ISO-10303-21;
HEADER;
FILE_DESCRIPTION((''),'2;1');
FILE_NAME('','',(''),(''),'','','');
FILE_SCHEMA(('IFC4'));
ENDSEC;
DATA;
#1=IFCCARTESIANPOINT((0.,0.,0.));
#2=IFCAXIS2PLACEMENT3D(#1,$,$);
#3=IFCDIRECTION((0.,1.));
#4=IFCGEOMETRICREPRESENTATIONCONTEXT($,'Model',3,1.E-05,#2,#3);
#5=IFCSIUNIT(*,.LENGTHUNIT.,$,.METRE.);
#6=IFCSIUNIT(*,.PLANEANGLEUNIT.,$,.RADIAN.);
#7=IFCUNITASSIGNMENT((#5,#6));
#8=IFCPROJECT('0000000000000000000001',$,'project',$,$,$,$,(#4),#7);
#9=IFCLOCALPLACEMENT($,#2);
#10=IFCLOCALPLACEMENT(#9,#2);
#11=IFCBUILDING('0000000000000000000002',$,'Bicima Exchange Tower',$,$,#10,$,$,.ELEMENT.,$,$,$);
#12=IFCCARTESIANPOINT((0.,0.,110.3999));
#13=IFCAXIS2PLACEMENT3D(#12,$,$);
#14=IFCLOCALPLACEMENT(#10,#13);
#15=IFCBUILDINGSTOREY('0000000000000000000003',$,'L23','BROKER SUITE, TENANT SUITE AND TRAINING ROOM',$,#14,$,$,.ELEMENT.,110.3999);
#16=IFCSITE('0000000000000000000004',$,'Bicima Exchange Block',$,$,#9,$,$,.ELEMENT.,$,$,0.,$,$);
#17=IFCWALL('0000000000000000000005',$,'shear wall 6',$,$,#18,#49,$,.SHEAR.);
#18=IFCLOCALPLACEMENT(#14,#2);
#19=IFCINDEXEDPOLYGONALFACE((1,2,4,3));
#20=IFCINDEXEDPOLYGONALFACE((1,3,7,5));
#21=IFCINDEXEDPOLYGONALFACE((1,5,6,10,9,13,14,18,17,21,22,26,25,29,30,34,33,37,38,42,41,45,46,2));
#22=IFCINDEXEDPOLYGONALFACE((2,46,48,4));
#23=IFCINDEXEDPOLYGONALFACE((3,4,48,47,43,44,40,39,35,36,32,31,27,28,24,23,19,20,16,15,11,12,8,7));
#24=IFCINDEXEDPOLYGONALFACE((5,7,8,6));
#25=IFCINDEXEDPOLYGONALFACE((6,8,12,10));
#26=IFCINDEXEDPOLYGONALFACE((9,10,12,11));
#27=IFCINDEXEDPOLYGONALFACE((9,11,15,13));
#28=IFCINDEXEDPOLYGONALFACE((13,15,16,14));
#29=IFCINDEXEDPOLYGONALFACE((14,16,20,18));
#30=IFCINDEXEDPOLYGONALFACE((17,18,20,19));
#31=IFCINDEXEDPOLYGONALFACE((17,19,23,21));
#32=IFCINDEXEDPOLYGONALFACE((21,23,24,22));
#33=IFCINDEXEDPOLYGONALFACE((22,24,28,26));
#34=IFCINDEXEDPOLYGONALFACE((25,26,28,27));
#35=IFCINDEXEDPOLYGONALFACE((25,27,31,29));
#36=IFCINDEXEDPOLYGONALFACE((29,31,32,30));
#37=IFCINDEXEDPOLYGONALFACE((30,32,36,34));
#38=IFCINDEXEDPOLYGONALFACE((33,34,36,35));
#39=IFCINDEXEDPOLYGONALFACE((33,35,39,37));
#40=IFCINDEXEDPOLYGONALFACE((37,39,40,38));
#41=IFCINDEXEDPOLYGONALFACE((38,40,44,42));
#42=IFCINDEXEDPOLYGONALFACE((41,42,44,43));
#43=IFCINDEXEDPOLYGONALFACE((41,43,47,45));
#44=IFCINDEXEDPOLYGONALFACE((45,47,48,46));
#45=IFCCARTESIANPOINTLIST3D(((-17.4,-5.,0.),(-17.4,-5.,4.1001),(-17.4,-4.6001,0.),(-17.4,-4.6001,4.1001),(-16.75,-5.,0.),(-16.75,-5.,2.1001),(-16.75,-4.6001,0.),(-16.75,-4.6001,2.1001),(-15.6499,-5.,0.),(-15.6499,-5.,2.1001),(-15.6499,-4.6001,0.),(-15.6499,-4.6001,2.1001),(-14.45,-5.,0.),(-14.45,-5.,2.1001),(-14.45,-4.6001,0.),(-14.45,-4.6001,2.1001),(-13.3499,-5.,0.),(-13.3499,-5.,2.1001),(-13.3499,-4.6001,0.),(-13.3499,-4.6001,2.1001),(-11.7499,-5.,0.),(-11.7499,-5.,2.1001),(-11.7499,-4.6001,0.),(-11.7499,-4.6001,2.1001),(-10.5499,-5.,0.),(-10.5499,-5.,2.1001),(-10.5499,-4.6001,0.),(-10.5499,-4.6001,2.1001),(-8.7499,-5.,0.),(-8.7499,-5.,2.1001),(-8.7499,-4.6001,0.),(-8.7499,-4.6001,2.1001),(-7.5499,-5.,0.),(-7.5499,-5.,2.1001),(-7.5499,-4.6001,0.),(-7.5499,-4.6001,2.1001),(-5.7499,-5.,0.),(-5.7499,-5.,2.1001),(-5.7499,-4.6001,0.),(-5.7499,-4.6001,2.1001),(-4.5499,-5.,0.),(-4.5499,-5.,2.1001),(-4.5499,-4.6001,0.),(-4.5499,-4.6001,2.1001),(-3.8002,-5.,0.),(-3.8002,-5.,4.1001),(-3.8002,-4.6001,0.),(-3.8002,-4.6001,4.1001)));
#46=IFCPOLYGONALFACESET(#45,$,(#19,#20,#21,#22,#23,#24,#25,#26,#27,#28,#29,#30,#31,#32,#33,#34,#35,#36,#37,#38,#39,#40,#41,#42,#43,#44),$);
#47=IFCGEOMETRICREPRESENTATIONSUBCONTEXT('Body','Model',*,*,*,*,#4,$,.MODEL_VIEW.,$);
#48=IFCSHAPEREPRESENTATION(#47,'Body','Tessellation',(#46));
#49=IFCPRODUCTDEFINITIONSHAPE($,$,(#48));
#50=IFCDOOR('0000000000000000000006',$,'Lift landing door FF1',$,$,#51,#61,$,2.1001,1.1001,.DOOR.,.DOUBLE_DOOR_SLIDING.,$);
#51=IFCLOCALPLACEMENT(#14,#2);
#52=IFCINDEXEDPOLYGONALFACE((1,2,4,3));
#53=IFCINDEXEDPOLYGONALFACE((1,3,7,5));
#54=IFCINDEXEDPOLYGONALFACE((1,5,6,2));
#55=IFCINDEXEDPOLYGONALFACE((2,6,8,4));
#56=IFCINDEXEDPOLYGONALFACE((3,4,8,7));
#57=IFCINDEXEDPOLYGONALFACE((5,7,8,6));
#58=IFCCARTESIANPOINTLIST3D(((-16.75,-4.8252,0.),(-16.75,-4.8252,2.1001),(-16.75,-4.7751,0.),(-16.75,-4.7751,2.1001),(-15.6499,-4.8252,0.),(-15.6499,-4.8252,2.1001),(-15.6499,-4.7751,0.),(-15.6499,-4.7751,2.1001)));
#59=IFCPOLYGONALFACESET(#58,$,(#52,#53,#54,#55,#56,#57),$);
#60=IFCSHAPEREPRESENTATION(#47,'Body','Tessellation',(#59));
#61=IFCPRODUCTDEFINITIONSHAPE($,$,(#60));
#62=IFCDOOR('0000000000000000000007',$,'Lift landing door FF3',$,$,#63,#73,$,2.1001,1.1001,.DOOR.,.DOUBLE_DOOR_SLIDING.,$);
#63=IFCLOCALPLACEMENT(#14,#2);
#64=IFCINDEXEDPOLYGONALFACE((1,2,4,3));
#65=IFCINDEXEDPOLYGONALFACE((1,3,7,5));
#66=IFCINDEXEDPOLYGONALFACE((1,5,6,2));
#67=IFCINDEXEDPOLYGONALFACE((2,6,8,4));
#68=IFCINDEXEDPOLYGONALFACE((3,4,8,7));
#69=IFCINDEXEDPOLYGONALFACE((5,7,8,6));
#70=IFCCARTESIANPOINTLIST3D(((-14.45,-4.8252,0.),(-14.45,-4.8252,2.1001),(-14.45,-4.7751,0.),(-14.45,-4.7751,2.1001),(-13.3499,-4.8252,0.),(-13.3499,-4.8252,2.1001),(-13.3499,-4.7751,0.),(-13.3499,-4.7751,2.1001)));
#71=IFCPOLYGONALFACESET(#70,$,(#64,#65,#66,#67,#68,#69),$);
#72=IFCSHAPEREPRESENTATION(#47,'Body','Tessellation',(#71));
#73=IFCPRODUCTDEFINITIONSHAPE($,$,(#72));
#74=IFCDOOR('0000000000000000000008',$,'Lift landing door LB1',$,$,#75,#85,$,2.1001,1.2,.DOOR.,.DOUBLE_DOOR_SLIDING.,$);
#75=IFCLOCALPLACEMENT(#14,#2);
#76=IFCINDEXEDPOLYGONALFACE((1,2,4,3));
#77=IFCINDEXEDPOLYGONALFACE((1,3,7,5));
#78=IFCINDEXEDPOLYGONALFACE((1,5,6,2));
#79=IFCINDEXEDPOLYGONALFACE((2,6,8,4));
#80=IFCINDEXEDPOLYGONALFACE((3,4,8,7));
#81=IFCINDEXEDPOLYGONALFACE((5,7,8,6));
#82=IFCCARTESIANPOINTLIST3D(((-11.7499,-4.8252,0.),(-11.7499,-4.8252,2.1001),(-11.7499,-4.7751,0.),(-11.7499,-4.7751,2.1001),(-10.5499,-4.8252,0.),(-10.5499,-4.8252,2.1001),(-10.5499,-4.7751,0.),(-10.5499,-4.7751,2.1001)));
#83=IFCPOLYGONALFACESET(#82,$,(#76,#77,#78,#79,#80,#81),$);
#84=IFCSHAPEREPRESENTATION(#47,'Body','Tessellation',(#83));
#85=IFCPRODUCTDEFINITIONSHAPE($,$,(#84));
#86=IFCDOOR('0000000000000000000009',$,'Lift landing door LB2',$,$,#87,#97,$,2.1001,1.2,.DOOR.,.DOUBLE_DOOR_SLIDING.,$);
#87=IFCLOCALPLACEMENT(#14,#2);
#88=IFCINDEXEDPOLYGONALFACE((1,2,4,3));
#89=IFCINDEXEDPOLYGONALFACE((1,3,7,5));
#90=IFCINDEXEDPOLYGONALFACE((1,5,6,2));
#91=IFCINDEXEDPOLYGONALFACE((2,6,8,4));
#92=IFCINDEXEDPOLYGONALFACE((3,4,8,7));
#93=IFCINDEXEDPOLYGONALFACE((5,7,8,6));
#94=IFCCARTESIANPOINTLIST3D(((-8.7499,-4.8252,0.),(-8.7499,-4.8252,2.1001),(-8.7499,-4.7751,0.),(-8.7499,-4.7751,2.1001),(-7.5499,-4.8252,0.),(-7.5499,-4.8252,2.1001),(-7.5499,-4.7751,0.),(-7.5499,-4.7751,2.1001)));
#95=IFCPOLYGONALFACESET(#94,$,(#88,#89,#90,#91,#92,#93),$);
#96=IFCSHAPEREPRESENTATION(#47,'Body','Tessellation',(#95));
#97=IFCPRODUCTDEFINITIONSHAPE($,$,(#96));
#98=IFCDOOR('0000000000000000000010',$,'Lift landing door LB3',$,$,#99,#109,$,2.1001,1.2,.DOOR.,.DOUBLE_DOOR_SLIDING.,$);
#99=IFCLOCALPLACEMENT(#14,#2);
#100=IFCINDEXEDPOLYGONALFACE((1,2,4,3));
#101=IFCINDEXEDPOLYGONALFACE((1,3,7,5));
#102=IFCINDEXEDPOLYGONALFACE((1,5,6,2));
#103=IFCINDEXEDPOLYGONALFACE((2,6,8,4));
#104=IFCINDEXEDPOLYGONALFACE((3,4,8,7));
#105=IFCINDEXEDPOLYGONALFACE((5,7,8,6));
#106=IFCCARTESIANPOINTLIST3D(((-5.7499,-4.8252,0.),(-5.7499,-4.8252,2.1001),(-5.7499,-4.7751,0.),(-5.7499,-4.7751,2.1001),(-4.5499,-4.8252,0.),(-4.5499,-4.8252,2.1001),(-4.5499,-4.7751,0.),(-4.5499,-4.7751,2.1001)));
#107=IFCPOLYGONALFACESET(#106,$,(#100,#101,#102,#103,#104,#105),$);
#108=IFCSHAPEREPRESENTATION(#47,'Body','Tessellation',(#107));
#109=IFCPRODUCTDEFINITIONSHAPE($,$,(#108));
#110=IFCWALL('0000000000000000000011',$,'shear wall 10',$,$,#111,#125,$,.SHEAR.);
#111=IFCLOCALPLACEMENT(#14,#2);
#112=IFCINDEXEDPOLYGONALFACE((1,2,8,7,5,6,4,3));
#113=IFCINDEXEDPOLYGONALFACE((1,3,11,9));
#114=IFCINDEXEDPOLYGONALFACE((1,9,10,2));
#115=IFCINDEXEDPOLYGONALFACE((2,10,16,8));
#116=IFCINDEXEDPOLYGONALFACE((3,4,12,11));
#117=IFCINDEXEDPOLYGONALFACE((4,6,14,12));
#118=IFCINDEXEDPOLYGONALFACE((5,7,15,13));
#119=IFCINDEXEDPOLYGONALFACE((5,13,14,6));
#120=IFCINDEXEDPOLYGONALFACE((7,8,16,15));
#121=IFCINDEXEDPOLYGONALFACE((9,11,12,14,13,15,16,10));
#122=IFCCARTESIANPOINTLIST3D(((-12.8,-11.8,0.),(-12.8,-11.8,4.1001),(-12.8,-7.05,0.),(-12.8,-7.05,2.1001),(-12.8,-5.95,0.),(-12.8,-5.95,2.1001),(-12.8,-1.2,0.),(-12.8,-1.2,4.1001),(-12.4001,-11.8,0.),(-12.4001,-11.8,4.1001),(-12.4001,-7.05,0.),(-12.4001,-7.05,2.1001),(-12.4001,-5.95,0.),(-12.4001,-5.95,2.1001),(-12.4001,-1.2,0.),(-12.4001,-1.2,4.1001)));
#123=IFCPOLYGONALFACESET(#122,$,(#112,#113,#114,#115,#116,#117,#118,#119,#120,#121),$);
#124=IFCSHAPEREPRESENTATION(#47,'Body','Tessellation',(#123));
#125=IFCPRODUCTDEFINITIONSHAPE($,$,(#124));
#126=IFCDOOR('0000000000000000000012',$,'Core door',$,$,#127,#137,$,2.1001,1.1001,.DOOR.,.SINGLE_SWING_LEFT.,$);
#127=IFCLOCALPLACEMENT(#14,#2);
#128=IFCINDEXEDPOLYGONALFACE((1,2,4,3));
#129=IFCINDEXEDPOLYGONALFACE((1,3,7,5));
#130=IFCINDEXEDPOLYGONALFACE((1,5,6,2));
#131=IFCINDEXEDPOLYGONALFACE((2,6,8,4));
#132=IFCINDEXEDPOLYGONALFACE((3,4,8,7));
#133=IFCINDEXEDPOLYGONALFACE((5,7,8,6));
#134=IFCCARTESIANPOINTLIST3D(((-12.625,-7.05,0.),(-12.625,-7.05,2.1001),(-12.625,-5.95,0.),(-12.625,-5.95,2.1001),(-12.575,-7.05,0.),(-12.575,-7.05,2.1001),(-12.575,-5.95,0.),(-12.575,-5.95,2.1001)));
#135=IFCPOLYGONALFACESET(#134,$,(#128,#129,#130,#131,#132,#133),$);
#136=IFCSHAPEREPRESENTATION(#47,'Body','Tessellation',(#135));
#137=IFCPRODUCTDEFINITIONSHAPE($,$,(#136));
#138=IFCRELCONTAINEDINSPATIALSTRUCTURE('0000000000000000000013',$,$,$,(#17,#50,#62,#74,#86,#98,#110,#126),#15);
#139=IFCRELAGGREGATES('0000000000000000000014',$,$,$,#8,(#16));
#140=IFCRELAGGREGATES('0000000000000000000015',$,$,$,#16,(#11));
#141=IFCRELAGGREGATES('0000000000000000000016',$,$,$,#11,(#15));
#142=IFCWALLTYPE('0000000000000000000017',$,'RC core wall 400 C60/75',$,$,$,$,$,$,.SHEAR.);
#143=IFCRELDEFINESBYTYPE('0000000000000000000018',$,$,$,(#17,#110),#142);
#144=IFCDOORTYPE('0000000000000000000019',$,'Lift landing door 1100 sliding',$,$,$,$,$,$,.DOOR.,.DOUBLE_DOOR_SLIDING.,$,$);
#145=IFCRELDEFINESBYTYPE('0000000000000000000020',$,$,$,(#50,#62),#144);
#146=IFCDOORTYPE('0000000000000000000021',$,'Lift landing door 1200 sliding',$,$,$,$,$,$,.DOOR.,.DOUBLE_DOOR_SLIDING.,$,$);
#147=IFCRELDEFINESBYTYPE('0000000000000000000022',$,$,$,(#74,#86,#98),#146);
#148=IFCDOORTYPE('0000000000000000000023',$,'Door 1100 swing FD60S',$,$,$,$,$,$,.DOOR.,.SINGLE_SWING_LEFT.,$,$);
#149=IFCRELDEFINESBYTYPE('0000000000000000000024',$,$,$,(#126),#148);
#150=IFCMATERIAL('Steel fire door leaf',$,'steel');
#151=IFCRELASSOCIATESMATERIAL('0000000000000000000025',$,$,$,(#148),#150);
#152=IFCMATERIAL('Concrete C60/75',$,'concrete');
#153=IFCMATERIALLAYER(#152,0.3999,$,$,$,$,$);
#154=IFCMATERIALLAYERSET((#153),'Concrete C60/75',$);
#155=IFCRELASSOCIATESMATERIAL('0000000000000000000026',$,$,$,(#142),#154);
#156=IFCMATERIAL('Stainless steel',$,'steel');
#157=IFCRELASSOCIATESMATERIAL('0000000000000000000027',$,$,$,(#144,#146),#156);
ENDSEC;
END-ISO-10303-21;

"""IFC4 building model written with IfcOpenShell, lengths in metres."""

from ifc_helpers import new_model, si_unit, direction, frame, frame_2d, origin, place, context, subcontext, project, spatial, rectangle, extrude, material, layer, layer_set, type_object, element, fill, save


model = new_model("IFC4")

# Units and contexts
model_context = context("Model", 3, precision=1e-05, world=origin(), true_north=direction((0.0, 1.0)))
body_context = subcontext(model_context, "Body", "Model", "MODEL_VIEW")
ifc_project = project(units=[si_unit("LENGTHUNIT", "METRE"), si_unit("PLANEANGLEUNIT", "RADIAN")], contexts=[model_context])

# Site, building, storey
site_placement = place(None, origin())
site = spatial("IfcSite", under=ifc_project, at=site_placement, Name="Bicima Exchange Block", CompositionType="ELEMENT", RefElevation=0.0)
building_placement = place(site_placement, origin())
building = spatial("IfcBuilding", under=site, at=building_placement, Name="Bicima Exchange Tower", CompositionType="ELEMENT")
storey_placement = place(building_placement, frame((0.0, 0.0, 110.3999)))
storey = spatial("IfcBuildingStorey", under=building, at=storey_placement, Name="L23", Description="BROKER SUITE, TENANT SUITE AND TRAINING ROOM", CompositionType="ELEMENT", Elevation=110.3999)

# Shared definitions
ifc_material_1 = material(Name="Steel fire door leaf", Category="steel")

# Shared definitions
door_type_1 = type_object("IfcDoorType", Name="Door 1100 swing FD60S", OperationType="SINGLE_SWING_LEFT", PredefinedType="DOOR", material=ifc_material_1)

# Shared definitions
ifc_material_2 = material(Name="Concrete C60/75", Category="concrete")
ifc_layer_1 = layer(ifc_material_2, 0.3999)
ifc_layer_set_1 = layer_set([ifc_layer_1], Name="Concrete C60/75")
wall_type_1 = type_object("IfcWallType", Name="RC core wall 400 C60/75", PredefinedType="SHEAR", material=ifc_layer_set_1)

# Wall, openings, doors
wall_1_placement = place(storey_placement, frame((-17.3999, -4.8, 0.0), z_axis=(0.0, 0.0, 1.0), x_axis=(1.0, 0.0, 0.0)))
wall_1 = element("IfcWall", 1, at=wall_1_placement, inside=storey, type_object=wall_type_1, Name="shear wall 6", PredefinedType="SHEAR", context=body_context, shape_type="SweptSolid", body=[
    extrude(rectangle(XDim=13.5999, YDim=0.3999, at=frame_2d((6.7998, 0.0))), origin(), (0.0, 0.0, 1.0), 4.1001),
])
opening_1_placement = place(wall_1_placement, frame((0.6499, 0.0, 0.0)))
opening_1 = element("IfcOpeningElement", 2, at=opening_1_placement, cuts=wall_1, PredefinedType="OPENING", context=body_context, shape_type="SweptSolid", body=[
    extrude(rectangle(XDim=1.1001, YDim=2.1001, at=frame_2d((0.55, 1.05))), frame((0.0, 0.2119, 0.0), z_axis=(0.0, -1.0, 0.0), x_axis=(1.0, 0.0, 0.0)), (0.0, 0.0, 1.0), 0.4238),
])
opening_2_placement = place(wall_1_placement, frame((2.95, 0.0, 0.0)))
opening_2 = element("IfcOpeningElement", 3, at=opening_2_placement, cuts=wall_1, PredefinedType="OPENING", context=body_context, shape_type="SweptSolid", body=[
    extrude(rectangle(XDim=1.1001, YDim=2.1001, at=frame_2d((0.55, 1.05))), frame((0.0, 0.2119, 0.0), z_axis=(0.0, -1.0, 0.0), x_axis=(1.0, 0.0, 0.0)), (0.0, 0.0, 1.0), 0.4238),
])
opening_3_placement = place(wall_1_placement, frame((5.6499, 0.0, 0.0)))
opening_3 = element("IfcOpeningElement", 4, at=opening_3_placement, cuts=wall_1, PredefinedType="OPENING", context=body_context, shape_type="SweptSolid", body=[
    extrude(rectangle(XDim=1.2, YDim=2.1001, at=frame_2d((0.6001, 1.05))), frame((0.0, 0.2119, 0.0), z_axis=(0.0, -1.0, 0.0), x_axis=(1.0, 0.0, 0.0)), (0.0, 0.0, 1.0), 0.4238),
])
opening_4_placement = place(wall_1_placement, frame((8.6499, 0.0, 0.0)))
opening_4 = element("IfcOpeningElement", 5, at=opening_4_placement, cuts=wall_1, PredefinedType="OPENING", context=body_context, shape_type="SweptSolid", body=[
    extrude(rectangle(XDim=1.2, YDim=2.1001, at=frame_2d((0.6001, 1.05))), frame((0.0, 0.2119, 0.0), z_axis=(0.0, -1.0, 0.0), x_axis=(1.0, 0.0, 0.0)), (0.0, 0.0, 1.0), 0.4238),
])
opening_5_placement = place(wall_1_placement, frame((11.6499, 0.0, 0.0)))
opening_5 = element("IfcOpeningElement", 6, at=opening_5_placement, cuts=wall_1, PredefinedType="OPENING", context=body_context, shape_type="SweptSolid", body=[
    extrude(rectangle(XDim=1.2, YDim=2.1001, at=frame_2d((0.6001, 1.05))), frame((0.0, 0.2119, 0.0), z_axis=(0.0, -1.0, 0.0), x_axis=(1.0, 0.0, 0.0)), (0.0, 0.0, 1.0), 0.4238),
])
ifc_material_3 = material(Name="Stainless steel", Category="steel")
door_type_2 = type_object("IfcDoorType", Name="Lift landing door 1100 sliding", OperationType="DOUBLE_DOOR_SLIDING", PredefinedType="DOOR", material=ifc_material_3)
door_1_placement = place(opening_1_placement, origin())
door_1 = element("IfcDoor", 7, at=door_1_placement, inside=storey, type_object=door_type_2, Name="Lift landing door FF1", OperationType="DOUBLE_DOOR_SLIDING", OverallHeight=2.1001, OverallWidth=1.1001, PredefinedType="DOOR", context=body_context, shape_type="SweptSolid", body=[
    extrude(rectangle(XDim=1.1001, YDim=2.1001, at=frame_2d((0.55, 1.05))), frame((0.0, 0.0249, 0.0), z_axis=(0.0, -1.0, 0.0), x_axis=(1.0, 0.0, 0.0)), (0.0, 0.0, 1.0), 0.05),
])
fill(opening_1, door_1)
door_2_placement = place(opening_2_placement, origin())
door_2 = element("IfcDoor", 8, at=door_2_placement, inside=storey, type_object=door_type_2, Name="Lift landing door FF3", OperationType="DOUBLE_DOOR_SLIDING", OverallHeight=2.1001, OverallWidth=1.1001, PredefinedType="DOOR", context=body_context, shape_type="SweptSolid", body=[
    extrude(rectangle(XDim=1.1001, YDim=2.1001, at=frame_2d((0.55, 1.05))), frame((0.0, 0.0249, 0.0), z_axis=(0.0, -1.0, 0.0), x_axis=(1.0, 0.0, 0.0)), (0.0, 0.0, 1.0), 0.05),
])
fill(opening_2, door_2)
door_type_3 = type_object("IfcDoorType", Name="Lift landing door 1200 sliding", OperationType="DOUBLE_DOOR_SLIDING", PredefinedType="DOOR", material=ifc_material_3)
door_3_placement = place(opening_3_placement, origin())
door_3 = element("IfcDoor", 9, at=door_3_placement, inside=storey, type_object=door_type_3, Name="Lift landing door LB1", OperationType="DOUBLE_DOOR_SLIDING", OverallHeight=2.1001, OverallWidth=1.2, PredefinedType="DOOR", context=body_context, shape_type="SweptSolid", body=[
    extrude(rectangle(XDim=1.2, YDim=2.1001, at=frame_2d((0.6001, 1.05))), frame((0.0, 0.0249, 0.0), z_axis=(0.0, -1.0, 0.0), x_axis=(1.0, 0.0, 0.0)), (0.0, 0.0, 1.0), 0.05),
])
fill(opening_3, door_3)
door_4_placement = place(opening_4_placement, origin())
door_4 = element("IfcDoor", 10, at=door_4_placement, inside=storey, type_object=door_type_3, Name="Lift landing door LB2", OperationType="DOUBLE_DOOR_SLIDING", OverallHeight=2.1001, OverallWidth=1.2, PredefinedType="DOOR", context=body_context, shape_type="SweptSolid", body=[
    extrude(rectangle(XDim=1.2, YDim=2.1001, at=frame_2d((0.6001, 1.05))), frame((0.0, 0.0249, 0.0), z_axis=(0.0, -1.0, 0.0), x_axis=(1.0, 0.0, 0.0)), (0.0, 0.0, 1.0), 0.05),
])
fill(opening_4, door_4)
door_5_placement = place(opening_5_placement, origin())
door_5 = element("IfcDoor", 11, at=door_5_placement, inside=storey, type_object=door_type_3, Name="Lift landing door LB3", OperationType="DOUBLE_DOOR_SLIDING", OverallHeight=2.1001, OverallWidth=1.2, PredefinedType="DOOR", context=body_context, shape_type="SweptSolid", body=[
    extrude(rectangle(XDim=1.2, YDim=2.1001, at=frame_2d((0.6001, 1.05))), frame((0.0, 0.0249, 0.0), z_axis=(0.0, -1.0, 0.0), x_axis=(1.0, 0.0, 0.0)), (0.0, 0.0, 1.0), 0.05),
])
fill(opening_5, door_5)

# Wall, opening, door
wall_2_placement = place(storey_placement, frame((-12.6001, -11.8, 0.0), z_axis=(0.0, 0.0, 1.0), x_axis=(0.0, 1.0, 0.0)))
wall_2 = element("IfcWall", 12, at=wall_2_placement, inside=storey, type_object=wall_type_1, Name="shear wall 10", PredefinedType="SHEAR", context=body_context, shape_type="SweptSolid", body=[
    extrude(rectangle(XDim=10.6001, YDim=0.3999, at=frame_2d((5.3, 0.0))), origin(), (0.0, 0.0, 1.0), 4.1001),
])
opening_6_placement = place(wall_2_placement, frame((4.75, 0.0, 0.0)))
opening_6 = element("IfcOpeningElement", 13, at=opening_6_placement, cuts=wall_2, PredefinedType="OPENING", context=body_context, shape_type="SweptSolid", body=[
    extrude(rectangle(XDim=1.1001, YDim=2.1001, at=frame_2d((0.55, 1.05))), frame((0.0, 0.2119, 0.0), z_axis=(0.0, -1.0, 0.0), x_axis=(1.0, 0.0, 0.0)), (0.0, 0.0, 1.0), 0.4238),
])
door_6_placement = place(opening_6_placement, origin())
door_6 = element("IfcDoor", 14, at=door_6_placement, inside=storey, type_object=door_type_1, Name="Core door", OperationType="SINGLE_SWING_LEFT", OverallHeight=2.1001, OverallWidth=1.1001, PredefinedType="DOOR", context=body_context, shape_type="SweptSolid", body=[
    extrude(rectangle(XDim=1.1001, YDim=2.1001, at=frame_2d((0.55, 1.05))), frame((0.0, 0.0249, 0.0), z_axis=(0.0, -1.0, 0.0), x_axis=(1.0, 0.0, 0.0)), (0.0, 0.0, 1.0), 0.05),
])
fill(opening_6, door_6)

save(model, "model.ifc")
